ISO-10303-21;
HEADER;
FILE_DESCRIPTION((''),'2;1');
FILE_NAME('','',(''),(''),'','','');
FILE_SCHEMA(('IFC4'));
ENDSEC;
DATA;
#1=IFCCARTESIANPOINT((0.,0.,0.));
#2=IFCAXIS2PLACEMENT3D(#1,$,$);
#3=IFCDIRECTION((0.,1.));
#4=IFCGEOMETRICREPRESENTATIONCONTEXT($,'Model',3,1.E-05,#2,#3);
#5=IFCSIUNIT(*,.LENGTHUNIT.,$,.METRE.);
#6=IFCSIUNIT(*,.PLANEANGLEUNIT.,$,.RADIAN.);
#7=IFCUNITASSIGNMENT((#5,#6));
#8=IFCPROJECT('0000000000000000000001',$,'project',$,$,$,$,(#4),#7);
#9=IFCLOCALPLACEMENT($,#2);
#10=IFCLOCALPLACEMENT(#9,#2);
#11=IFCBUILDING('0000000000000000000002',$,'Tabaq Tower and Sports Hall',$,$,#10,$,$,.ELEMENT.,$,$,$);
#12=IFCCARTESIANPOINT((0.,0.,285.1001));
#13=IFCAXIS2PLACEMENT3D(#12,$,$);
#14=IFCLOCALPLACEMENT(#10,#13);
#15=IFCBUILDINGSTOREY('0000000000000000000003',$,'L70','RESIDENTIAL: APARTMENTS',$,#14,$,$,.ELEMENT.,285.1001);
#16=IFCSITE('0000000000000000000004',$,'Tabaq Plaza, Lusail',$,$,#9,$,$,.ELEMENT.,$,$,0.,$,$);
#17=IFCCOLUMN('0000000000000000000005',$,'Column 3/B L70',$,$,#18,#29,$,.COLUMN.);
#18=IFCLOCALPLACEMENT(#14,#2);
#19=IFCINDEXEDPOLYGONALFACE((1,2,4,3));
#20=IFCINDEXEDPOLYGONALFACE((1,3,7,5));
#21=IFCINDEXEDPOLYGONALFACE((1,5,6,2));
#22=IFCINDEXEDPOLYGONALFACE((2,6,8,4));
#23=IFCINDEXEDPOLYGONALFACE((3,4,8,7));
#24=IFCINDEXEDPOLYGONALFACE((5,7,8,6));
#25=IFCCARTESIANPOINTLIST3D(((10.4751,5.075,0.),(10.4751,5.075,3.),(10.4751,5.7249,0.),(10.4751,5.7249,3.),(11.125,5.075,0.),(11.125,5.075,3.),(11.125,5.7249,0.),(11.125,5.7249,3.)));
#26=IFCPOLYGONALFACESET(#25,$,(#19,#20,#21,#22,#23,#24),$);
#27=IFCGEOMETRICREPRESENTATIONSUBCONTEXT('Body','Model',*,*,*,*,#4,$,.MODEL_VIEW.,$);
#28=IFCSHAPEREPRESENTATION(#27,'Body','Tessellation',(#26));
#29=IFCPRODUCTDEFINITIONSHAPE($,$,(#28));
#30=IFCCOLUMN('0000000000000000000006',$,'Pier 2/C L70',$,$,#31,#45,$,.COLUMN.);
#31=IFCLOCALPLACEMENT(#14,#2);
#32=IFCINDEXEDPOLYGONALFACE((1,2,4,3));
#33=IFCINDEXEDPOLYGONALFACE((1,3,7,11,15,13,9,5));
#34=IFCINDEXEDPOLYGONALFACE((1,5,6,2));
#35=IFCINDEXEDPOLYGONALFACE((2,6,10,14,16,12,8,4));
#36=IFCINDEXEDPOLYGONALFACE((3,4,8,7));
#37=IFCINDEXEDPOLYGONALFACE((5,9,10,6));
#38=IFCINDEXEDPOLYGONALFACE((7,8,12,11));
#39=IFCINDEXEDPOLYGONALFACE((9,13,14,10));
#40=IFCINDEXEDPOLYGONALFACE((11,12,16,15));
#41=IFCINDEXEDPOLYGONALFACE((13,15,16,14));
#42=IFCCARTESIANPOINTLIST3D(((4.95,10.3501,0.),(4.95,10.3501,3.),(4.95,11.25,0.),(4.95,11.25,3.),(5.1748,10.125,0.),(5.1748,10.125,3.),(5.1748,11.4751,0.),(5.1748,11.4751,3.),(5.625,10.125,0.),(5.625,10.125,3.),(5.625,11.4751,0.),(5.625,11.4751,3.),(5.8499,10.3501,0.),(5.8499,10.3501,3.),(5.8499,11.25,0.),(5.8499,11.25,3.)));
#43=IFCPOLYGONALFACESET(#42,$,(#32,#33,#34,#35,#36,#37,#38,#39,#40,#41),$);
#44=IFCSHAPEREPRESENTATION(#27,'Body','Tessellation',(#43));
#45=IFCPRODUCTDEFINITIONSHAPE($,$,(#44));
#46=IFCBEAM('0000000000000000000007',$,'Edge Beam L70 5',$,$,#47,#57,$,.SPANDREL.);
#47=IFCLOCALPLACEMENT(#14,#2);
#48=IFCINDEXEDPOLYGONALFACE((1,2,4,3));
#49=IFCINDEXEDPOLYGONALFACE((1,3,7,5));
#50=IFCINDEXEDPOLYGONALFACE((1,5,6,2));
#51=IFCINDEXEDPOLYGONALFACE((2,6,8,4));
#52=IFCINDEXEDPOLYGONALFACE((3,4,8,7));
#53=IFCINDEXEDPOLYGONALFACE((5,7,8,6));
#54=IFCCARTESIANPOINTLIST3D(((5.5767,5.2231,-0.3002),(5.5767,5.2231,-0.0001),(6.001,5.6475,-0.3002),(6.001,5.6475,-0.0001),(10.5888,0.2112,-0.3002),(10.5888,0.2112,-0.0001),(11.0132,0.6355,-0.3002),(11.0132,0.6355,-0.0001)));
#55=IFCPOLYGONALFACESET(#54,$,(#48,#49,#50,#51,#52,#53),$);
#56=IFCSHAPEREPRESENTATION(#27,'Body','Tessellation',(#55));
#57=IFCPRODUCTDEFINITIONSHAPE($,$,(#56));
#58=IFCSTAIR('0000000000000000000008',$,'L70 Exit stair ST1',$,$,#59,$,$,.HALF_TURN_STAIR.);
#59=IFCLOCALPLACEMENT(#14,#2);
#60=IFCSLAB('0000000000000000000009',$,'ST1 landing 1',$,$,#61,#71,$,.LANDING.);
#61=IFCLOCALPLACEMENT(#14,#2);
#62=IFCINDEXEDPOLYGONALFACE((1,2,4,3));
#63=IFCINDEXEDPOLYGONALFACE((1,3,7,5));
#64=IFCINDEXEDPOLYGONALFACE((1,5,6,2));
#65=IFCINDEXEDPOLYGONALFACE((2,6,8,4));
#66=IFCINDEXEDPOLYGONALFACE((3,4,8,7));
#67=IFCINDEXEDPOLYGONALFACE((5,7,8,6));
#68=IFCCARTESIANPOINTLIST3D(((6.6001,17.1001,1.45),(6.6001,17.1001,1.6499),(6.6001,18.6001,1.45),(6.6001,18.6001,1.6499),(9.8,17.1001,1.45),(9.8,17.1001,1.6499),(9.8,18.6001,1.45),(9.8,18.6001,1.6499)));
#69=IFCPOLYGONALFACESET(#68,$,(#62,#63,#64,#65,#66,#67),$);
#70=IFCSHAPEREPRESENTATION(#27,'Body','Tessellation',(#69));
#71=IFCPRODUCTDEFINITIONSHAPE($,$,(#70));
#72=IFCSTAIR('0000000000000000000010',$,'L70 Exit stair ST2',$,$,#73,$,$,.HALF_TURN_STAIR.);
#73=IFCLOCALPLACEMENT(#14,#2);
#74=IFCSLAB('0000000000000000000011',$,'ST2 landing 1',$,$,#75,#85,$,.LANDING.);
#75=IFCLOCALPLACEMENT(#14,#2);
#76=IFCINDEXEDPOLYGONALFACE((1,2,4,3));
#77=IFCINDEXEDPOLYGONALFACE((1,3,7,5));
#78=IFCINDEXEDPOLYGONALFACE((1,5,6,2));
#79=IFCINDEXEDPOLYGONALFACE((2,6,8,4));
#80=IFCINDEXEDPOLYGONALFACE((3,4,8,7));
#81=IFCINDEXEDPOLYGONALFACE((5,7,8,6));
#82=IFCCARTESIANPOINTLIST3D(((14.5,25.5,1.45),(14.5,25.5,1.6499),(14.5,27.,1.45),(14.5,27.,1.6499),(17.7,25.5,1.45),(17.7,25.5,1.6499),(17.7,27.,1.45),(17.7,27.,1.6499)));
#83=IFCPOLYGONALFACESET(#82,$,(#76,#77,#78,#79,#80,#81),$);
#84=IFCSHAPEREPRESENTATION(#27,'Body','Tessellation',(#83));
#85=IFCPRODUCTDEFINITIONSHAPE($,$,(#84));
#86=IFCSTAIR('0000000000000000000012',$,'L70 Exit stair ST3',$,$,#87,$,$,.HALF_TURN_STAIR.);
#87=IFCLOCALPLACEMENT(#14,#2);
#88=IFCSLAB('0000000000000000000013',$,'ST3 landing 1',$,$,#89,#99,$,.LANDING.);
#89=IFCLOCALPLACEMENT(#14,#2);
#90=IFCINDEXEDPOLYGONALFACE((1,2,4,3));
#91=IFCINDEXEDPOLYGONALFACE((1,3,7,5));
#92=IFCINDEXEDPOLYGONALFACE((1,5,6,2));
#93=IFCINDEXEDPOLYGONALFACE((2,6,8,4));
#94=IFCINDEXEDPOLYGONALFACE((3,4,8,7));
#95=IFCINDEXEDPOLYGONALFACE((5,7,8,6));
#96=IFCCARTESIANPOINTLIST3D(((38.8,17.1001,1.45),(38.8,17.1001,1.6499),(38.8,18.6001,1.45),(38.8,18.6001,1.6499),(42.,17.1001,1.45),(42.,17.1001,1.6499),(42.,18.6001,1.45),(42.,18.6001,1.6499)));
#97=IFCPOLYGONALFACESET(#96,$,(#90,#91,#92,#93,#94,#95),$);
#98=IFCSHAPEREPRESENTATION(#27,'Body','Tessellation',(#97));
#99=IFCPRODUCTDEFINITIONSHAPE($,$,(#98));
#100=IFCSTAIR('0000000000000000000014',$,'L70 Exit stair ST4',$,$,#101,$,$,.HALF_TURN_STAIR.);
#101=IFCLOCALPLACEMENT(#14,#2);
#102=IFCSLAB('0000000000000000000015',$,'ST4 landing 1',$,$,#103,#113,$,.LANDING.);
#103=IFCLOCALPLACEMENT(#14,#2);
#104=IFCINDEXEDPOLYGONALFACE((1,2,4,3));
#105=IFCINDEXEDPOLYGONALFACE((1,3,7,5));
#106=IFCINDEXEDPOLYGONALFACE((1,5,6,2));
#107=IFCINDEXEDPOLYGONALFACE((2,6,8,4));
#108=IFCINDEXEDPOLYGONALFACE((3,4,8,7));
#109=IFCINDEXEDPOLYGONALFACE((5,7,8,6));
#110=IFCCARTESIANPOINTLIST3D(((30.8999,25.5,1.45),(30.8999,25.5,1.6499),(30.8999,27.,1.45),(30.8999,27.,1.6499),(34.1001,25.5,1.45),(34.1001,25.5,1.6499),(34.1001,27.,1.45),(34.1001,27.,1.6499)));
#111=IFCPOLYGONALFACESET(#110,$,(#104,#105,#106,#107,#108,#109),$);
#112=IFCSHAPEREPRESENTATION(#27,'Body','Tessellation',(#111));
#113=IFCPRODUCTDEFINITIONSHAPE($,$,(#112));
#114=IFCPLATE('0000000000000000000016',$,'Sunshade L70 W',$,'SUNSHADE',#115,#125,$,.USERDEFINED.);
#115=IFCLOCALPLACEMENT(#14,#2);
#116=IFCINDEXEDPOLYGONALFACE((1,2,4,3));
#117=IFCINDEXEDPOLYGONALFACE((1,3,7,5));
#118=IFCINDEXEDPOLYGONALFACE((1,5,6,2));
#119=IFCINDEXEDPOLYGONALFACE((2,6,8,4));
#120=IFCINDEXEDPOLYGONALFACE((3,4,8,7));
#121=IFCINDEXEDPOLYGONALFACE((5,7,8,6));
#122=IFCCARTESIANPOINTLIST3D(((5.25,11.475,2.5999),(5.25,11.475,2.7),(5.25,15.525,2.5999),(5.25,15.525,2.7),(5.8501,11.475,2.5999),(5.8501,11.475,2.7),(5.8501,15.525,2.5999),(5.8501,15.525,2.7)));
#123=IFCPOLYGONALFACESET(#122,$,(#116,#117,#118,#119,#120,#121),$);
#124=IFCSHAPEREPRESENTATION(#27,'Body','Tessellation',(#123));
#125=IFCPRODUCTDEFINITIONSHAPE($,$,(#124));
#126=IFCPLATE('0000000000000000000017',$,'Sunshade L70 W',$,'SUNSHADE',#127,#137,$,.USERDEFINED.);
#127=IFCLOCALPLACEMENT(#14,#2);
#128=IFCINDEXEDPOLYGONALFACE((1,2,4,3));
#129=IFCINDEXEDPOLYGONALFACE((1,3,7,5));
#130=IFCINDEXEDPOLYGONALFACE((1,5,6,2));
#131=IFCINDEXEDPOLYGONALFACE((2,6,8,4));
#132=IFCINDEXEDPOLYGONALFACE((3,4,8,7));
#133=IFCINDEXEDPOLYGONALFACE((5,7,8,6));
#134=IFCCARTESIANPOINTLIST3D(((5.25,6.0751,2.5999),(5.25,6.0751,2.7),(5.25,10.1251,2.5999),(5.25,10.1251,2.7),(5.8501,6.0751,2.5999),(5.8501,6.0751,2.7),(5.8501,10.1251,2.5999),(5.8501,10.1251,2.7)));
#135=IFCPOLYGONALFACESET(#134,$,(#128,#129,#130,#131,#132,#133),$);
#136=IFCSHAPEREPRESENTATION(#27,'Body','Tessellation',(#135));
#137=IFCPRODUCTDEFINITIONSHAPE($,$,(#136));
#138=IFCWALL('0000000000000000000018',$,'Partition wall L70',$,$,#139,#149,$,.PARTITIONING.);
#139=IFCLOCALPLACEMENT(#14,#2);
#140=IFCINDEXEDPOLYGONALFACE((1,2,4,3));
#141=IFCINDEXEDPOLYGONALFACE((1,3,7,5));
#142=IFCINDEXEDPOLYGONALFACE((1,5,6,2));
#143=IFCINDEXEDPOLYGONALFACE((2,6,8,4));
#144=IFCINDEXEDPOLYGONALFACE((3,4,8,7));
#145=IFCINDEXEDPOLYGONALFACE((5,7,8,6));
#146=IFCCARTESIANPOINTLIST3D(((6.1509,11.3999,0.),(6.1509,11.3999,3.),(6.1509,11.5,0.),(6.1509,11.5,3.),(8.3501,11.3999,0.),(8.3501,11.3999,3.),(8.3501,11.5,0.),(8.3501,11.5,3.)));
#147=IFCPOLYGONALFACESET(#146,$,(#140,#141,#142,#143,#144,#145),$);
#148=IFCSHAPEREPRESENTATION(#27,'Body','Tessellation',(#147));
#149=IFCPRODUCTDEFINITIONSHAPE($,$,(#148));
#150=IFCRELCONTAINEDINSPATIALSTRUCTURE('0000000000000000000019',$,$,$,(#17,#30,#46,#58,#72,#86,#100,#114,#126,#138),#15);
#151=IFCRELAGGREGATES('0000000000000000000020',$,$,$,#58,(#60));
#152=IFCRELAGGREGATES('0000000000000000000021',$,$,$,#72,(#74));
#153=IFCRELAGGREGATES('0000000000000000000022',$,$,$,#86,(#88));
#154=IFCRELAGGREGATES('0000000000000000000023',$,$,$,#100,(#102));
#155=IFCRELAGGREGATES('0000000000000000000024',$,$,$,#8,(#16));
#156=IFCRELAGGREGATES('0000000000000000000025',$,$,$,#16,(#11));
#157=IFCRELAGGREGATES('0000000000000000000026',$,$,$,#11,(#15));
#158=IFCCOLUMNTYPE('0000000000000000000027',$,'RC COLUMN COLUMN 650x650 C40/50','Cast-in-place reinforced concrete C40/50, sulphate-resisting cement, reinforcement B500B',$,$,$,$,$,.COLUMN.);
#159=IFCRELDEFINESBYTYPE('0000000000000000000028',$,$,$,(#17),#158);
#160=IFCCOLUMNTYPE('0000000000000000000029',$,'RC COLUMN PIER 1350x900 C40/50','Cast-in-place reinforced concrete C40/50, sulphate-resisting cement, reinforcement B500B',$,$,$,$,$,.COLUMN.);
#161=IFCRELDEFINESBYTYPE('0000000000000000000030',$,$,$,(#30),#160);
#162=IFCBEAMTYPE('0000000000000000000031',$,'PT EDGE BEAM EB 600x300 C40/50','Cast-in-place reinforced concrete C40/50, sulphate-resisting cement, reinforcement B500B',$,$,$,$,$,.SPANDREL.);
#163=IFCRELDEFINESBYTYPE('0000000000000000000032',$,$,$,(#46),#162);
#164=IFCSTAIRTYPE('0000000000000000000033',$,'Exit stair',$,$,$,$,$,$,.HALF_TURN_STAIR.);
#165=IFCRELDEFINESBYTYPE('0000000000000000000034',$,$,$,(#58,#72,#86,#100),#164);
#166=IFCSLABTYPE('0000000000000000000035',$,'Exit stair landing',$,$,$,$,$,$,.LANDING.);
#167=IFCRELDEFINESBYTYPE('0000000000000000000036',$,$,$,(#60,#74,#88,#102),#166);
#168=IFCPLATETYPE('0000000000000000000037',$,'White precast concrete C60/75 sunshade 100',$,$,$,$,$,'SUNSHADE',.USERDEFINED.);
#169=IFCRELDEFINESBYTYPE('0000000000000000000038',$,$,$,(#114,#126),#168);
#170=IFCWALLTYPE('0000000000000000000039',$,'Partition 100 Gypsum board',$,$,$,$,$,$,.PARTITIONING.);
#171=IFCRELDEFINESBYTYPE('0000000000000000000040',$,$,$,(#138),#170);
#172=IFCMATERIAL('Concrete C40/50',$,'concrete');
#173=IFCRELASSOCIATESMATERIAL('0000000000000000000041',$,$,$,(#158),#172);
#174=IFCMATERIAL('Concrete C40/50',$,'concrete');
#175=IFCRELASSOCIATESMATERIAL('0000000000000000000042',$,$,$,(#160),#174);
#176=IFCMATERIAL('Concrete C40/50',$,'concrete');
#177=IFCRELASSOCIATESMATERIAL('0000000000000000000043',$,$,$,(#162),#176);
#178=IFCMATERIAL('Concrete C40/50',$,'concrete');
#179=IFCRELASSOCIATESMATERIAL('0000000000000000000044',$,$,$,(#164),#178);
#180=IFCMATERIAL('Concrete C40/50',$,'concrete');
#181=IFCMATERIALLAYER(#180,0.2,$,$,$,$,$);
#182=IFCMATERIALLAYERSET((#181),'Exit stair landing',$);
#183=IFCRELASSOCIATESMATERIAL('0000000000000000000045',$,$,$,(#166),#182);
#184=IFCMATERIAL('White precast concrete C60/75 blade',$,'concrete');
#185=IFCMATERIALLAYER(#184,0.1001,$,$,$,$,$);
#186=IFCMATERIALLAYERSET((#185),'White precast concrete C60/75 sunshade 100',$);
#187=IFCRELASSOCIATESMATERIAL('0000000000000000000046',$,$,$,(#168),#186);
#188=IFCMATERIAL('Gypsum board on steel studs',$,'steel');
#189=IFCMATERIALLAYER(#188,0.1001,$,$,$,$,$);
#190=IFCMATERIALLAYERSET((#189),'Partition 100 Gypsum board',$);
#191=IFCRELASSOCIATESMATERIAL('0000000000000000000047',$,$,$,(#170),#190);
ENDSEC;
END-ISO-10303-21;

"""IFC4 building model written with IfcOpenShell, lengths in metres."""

from ifc_helpers import new_model, si_unit, direction, frame, frame_2d, origin, origin_2d, place, context, subcontext, project, spatial, polyline, rectangle, outline, extrude, material, layer, layer_set, material_profile, profile_set, type_object, element, aggregate, save


model = new_model("IFC4")

# Units and contexts
model_context = context("Model", 3, precision=1e-05, world=origin(), true_north=direction((0.0, 1.0)))
body_context = subcontext(model_context, "Body", "Model", "MODEL_VIEW")
ifc_project = project(units=[si_unit("LENGTHUNIT", "METRE"), si_unit("PLANEANGLEUNIT", "RADIAN")], contexts=[model_context])

# Site, building, storey
site_placement = place(None, origin())
site = spatial("IfcSite", under=ifc_project, at=site_placement, Name="Tabaq Plaza, Lusail", CompositionType="ELEMENT", RefElevation=0.0)
building_placement = place(site_placement, origin())
building = spatial("IfcBuilding", under=site, at=building_placement, Name="Tabaq Tower and Sports Hall", CompositionType="ELEMENT")
storey_placement = place(building_placement, frame((0.0, 0.0, 285.1001)))
storey = spatial("IfcBuildingStorey", under=building, at=storey_placement, Name="L70", Description="RESIDENTIAL: APARTMENTS", CompositionType="ELEMENT", Elevation=285.1001)

# Columns
ifc_material_1 = material(Name="Concrete C40/50", Category="concrete")
ifc_material_profile_1 = material_profile(ifc_material_1, rectangle(XDim=0.6499, YDim=0.6499, at=origin_2d()), Name="COLUMN 650x650")
ifc_profile_set_1 = profile_set([ifc_material_profile_1], Name="Concrete C40/50")
column_type_1 = type_object("IfcColumnType", Name="RC COLUMN COLUMN 650x650 C40/50", Description="Cast-in-place reinforced concrete C40/50, sulphate-resisting cement, reinforcement B500B", PredefinedType="COLUMN", material=ifc_profile_set_1)
column_1_placement = place(storey_placement, frame((10.8, 5.3999, 0.0), z_axis=(0.0, 0.0, 1.0), x_axis=(1.0, 0.0, 0.0)))
element("IfcColumn", 1, at=column_1_placement, inside=storey, type_object=column_type_1, Name="Column 3/B L70", PredefinedType="COLUMN", context=body_context, shape_type="SweptSolid", body=[
    extrude(rectangle(XDim=0.6499, YDim=0.6499, at=origin_2d()), origin(), (0.0, 0.0, 1.0), 3.0),
])
ifc_material_2 = material(Name="Concrete C40/50", Category="concrete")
ifc_material_profile_2 = material_profile(ifc_material_2, outline(polyline([(-0.45, -0.45), (0.45, -0.45), (0.675, -0.2251), (0.675, 0.2251), (0.45, 0.45), (-0.45, 0.45), (-0.675, 0.2251), (-0.675, -0.2251), (-0.45, -0.45)])), Name="PIER 1350x900")
ifc_profile_set_2 = profile_set([ifc_material_profile_2], Name="Concrete C40/50")
column_type_2 = type_object("IfcColumnType", Name="RC COLUMN PIER 1350x900 C40/50", Description="Cast-in-place reinforced concrete C40/50, sulphate-resisting cement, reinforcement B500B", PredefinedType="COLUMN", material=ifc_profile_set_2)
column_2_placement = place(storey_placement, frame((5.3999, 10.8, 0.0), z_axis=(0.0, 0.0, 1.0), x_axis=(0.0, 1.0, 0.0)))
element("IfcColumn", 2, at=column_2_placement, inside=storey, type_object=column_type_2, Name="Pier 2/C L70", PredefinedType="COLUMN", context=body_context, shape_type="SweptSolid", body=[
    extrude(outline(polyline([(-0.45, -0.45), (0.45, -0.45), (0.675, -0.2251), (0.675, 0.2251), (0.45, 0.45), (-0.45, 0.45), (-0.675, 0.2251), (-0.675, -0.2251), (-0.45, -0.45)])), origin(), (0.0, 0.0, 1.0), 3.0),
])

# Beam
ifc_material_3 = material(Name="Concrete C40/50", Category="concrete")
ifc_material_profile_3 = material_profile(ifc_material_3, rectangle(XDim=0.6001, YDim=0.3, at=origin_2d()), Name="EB 600x300")
ifc_profile_set_3 = profile_set([ifc_material_profile_3], Name="Concrete C40/50")
beam_type = type_object("IfcBeamType", Name="PT EDGE BEAM EB 600x300 C40/50", Description="Cast-in-place reinforced concrete C40/50, sulphate-resisting cement, reinforcement B500B", PredefinedType="SPANDREL", material=ifc_profile_set_3)
beam_placement = place(storey_placement, frame((5.7888, 5.4353, -0.1501), z_axis=(0.707124, -0.70709, 0.0), x_axis=(0.70709, 0.707124, 0.0)))
element("IfcBeam", 3, at=beam_placement, inside=storey, type_object=beam_type, Name="Edge Beam L70 5", PredefinedType="SPANDREL", context=body_context, shape_type="SweptSolid", body=[
    extrude(rectangle(XDim=0.6001, YDim=0.3, at=origin_2d()), origin(), (0.0, 0.0, 1.0), 7.0881),
])

# Stairs, slabs
ifc_material_4 = material(Name="Concrete C40/50", Category="concrete")
stair_type = type_object("IfcStairType", Name="Exit stair", PredefinedType="HALF_TURN_STAIR", material=ifc_material_4)
stair_1_placement = place(storey_placement, origin())
stair_1 = element("IfcStair", 4, at=stair_1_placement, inside=storey, type_object=stair_type, Name="L70 Exit stair ST1", PredefinedType="HALF_TURN_STAIR")
ifc_material_5 = material(Name="Concrete C40/50", Category="concrete")
ifc_layer_1 = layer(ifc_material_5, 0.2)
ifc_layer_set_1 = layer_set([ifc_layer_1], Name="Exit stair landing")
slab_type = type_object("IfcSlabType", Name="Exit stair landing", PredefinedType="LANDING", material=ifc_layer_set_1)
slab_1_placement = place(storey_placement, frame((0.0, 0.0, 1.45)))
slab_1 = element("IfcSlab", 5, at=slab_1_placement, type_object=slab_type, Name="ST1 landing 1", PredefinedType="LANDING", context=body_context, shape_type="SweptSolid", body=[
    extrude(outline(polyline([(6.6001, 18.6001), (6.6001, 17.1001), (9.8, 17.1001), (9.8, 18.6001), (6.6001, 18.6001)])), origin(), (0.0, 0.0, 1.0), 0.2),
])
aggregate(stair_1, [slab_1])
stair_2_placement = place(storey_placement, origin())
stair_2 = element("IfcStair", 6, at=stair_2_placement, inside=storey, type_object=stair_type, Name="L70 Exit stair ST2", PredefinedType="HALF_TURN_STAIR")
slab_2_placement = place(storey_placement, frame((0.0, 0.0, 1.45)))
slab_2 = element("IfcSlab", 7, at=slab_2_placement, type_object=slab_type, Name="ST2 landing 1", PredefinedType="LANDING", context=body_context, shape_type="SweptSolid", body=[
    extrude(outline(polyline([(14.5, 27.0), (14.5, 25.5), (17.7, 25.5), (17.7, 27.0), (14.5, 27.0)])), origin(), (0.0, 0.0, 1.0), 0.2),
])
aggregate(stair_2, [slab_2])
stair_3_placement = place(storey_placement, origin())
stair_3 = element("IfcStair", 8, at=stair_3_placement, inside=storey, type_object=stair_type, Name="L70 Exit stair ST3", PredefinedType="HALF_TURN_STAIR")
slab_3_placement = place(storey_placement, frame((0.0, 0.0, 1.45)))
slab_3 = element("IfcSlab", 9, at=slab_3_placement, type_object=slab_type, Name="ST3 landing 1", PredefinedType="LANDING", context=body_context, shape_type="SweptSolid", body=[
    extrude(outline(polyline([(38.8, 18.6001), (38.8, 17.1001), (42.0, 17.1001), (42.0, 18.6001), (38.8, 18.6001)])), origin(), (0.0, 0.0, 1.0), 0.2),
])
aggregate(stair_3, [slab_3])
stair_4_placement = place(storey_placement, origin())
stair_4 = element("IfcStair", 10, at=stair_4_placement, inside=storey, type_object=stair_type, Name="L70 Exit stair ST4", PredefinedType="HALF_TURN_STAIR")
slab_4_placement = place(storey_placement, frame((0.0, 0.0, 1.45)))
slab_4 = element("IfcSlab", 11, at=slab_4_placement, type_object=slab_type, Name="ST4 landing 1", PredefinedType="LANDING", context=body_context, shape_type="SweptSolid", body=[
    extrude(outline(polyline([(30.8999, 27.0), (30.8999, 25.5), (34.1001, 25.5), (34.1001, 27.0), (30.8999, 27.0)])), origin(), (0.0, 0.0, 1.0), 0.2),
])
aggregate(stair_4, [slab_4])

# Plates
ifc_material_6 = material(Name="White precast concrete C60/75 blade", Category="concrete")
ifc_layer_2 = layer(ifc_material_6, 0.1001)
ifc_layer_set_2 = layer_set([ifc_layer_2], Name="White precast concrete C60/75 sunshade 100")
plate_type = type_object("IfcPlateType", Name="White precast concrete C60/75 sunshade 100", ElementType="SUNSHADE", PredefinedType="USERDEFINED", material=ifc_layer_set_2)
for number, where, z_axis, x_axis, name in (
    (12, (5.55, 13.5, 2.5999), (0.0, 0.0, 1.0), (0.0, -1.0, 0.0), "Sunshade L70 W"),
    (13, (5.55, 8.1001, 2.5999), (0.0, 0.0, 1.0), (0.0, -1.0, 0.0), "Sunshade L70 W"),
):
    element("IfcPlate", number, at=place(storey_placement, frame(where, z_axis=z_axis, x_axis=x_axis)), inside=storey, type_object=plate_type, Name=name, ObjectType="SUNSHADE", PredefinedType="USERDEFINED", context=body_context, shape_type="SweptSolid", body=[
        extrude(rectangle(XDim=4.05, YDim=0.6001, at=origin_2d()), origin(), (0.0, 0.0, 1.0), 0.1001),
    ])

# Wall
ifc_material_7 = material(Name="Gypsum board on steel studs", Category="steel")
ifc_layer_3 = layer(ifc_material_7, 0.1001)
ifc_layer_set_3 = layer_set([ifc_layer_3], Name="Partition 100 Gypsum board")
wall_type_1 = type_object("IfcWallType", Name="Partition 100 Gypsum board", PredefinedType="PARTITIONING", material=ifc_layer_set_3)
wall_1_placement = place(storey_placement, frame((8.3501, 11.45, 0.0), z_axis=(0.0, 0.0, 1.0), x_axis=(-1.0, 0.0, 0.0)))
element("IfcWall", 14, at=wall_1_placement, inside=storey, type_object=wall_type_1, Name="Partition wall L70", PredefinedType="PARTITIONING", context=body_context, shape_type="SweptSolid", body=[
    extrude(rectangle(XDim=2.1992, YDim=0.1001, at=frame_2d((1.0996, 0.0))), origin(), (0.0, 0.0, 1.0), 3.0),
])

save(model, "model.ifc")
